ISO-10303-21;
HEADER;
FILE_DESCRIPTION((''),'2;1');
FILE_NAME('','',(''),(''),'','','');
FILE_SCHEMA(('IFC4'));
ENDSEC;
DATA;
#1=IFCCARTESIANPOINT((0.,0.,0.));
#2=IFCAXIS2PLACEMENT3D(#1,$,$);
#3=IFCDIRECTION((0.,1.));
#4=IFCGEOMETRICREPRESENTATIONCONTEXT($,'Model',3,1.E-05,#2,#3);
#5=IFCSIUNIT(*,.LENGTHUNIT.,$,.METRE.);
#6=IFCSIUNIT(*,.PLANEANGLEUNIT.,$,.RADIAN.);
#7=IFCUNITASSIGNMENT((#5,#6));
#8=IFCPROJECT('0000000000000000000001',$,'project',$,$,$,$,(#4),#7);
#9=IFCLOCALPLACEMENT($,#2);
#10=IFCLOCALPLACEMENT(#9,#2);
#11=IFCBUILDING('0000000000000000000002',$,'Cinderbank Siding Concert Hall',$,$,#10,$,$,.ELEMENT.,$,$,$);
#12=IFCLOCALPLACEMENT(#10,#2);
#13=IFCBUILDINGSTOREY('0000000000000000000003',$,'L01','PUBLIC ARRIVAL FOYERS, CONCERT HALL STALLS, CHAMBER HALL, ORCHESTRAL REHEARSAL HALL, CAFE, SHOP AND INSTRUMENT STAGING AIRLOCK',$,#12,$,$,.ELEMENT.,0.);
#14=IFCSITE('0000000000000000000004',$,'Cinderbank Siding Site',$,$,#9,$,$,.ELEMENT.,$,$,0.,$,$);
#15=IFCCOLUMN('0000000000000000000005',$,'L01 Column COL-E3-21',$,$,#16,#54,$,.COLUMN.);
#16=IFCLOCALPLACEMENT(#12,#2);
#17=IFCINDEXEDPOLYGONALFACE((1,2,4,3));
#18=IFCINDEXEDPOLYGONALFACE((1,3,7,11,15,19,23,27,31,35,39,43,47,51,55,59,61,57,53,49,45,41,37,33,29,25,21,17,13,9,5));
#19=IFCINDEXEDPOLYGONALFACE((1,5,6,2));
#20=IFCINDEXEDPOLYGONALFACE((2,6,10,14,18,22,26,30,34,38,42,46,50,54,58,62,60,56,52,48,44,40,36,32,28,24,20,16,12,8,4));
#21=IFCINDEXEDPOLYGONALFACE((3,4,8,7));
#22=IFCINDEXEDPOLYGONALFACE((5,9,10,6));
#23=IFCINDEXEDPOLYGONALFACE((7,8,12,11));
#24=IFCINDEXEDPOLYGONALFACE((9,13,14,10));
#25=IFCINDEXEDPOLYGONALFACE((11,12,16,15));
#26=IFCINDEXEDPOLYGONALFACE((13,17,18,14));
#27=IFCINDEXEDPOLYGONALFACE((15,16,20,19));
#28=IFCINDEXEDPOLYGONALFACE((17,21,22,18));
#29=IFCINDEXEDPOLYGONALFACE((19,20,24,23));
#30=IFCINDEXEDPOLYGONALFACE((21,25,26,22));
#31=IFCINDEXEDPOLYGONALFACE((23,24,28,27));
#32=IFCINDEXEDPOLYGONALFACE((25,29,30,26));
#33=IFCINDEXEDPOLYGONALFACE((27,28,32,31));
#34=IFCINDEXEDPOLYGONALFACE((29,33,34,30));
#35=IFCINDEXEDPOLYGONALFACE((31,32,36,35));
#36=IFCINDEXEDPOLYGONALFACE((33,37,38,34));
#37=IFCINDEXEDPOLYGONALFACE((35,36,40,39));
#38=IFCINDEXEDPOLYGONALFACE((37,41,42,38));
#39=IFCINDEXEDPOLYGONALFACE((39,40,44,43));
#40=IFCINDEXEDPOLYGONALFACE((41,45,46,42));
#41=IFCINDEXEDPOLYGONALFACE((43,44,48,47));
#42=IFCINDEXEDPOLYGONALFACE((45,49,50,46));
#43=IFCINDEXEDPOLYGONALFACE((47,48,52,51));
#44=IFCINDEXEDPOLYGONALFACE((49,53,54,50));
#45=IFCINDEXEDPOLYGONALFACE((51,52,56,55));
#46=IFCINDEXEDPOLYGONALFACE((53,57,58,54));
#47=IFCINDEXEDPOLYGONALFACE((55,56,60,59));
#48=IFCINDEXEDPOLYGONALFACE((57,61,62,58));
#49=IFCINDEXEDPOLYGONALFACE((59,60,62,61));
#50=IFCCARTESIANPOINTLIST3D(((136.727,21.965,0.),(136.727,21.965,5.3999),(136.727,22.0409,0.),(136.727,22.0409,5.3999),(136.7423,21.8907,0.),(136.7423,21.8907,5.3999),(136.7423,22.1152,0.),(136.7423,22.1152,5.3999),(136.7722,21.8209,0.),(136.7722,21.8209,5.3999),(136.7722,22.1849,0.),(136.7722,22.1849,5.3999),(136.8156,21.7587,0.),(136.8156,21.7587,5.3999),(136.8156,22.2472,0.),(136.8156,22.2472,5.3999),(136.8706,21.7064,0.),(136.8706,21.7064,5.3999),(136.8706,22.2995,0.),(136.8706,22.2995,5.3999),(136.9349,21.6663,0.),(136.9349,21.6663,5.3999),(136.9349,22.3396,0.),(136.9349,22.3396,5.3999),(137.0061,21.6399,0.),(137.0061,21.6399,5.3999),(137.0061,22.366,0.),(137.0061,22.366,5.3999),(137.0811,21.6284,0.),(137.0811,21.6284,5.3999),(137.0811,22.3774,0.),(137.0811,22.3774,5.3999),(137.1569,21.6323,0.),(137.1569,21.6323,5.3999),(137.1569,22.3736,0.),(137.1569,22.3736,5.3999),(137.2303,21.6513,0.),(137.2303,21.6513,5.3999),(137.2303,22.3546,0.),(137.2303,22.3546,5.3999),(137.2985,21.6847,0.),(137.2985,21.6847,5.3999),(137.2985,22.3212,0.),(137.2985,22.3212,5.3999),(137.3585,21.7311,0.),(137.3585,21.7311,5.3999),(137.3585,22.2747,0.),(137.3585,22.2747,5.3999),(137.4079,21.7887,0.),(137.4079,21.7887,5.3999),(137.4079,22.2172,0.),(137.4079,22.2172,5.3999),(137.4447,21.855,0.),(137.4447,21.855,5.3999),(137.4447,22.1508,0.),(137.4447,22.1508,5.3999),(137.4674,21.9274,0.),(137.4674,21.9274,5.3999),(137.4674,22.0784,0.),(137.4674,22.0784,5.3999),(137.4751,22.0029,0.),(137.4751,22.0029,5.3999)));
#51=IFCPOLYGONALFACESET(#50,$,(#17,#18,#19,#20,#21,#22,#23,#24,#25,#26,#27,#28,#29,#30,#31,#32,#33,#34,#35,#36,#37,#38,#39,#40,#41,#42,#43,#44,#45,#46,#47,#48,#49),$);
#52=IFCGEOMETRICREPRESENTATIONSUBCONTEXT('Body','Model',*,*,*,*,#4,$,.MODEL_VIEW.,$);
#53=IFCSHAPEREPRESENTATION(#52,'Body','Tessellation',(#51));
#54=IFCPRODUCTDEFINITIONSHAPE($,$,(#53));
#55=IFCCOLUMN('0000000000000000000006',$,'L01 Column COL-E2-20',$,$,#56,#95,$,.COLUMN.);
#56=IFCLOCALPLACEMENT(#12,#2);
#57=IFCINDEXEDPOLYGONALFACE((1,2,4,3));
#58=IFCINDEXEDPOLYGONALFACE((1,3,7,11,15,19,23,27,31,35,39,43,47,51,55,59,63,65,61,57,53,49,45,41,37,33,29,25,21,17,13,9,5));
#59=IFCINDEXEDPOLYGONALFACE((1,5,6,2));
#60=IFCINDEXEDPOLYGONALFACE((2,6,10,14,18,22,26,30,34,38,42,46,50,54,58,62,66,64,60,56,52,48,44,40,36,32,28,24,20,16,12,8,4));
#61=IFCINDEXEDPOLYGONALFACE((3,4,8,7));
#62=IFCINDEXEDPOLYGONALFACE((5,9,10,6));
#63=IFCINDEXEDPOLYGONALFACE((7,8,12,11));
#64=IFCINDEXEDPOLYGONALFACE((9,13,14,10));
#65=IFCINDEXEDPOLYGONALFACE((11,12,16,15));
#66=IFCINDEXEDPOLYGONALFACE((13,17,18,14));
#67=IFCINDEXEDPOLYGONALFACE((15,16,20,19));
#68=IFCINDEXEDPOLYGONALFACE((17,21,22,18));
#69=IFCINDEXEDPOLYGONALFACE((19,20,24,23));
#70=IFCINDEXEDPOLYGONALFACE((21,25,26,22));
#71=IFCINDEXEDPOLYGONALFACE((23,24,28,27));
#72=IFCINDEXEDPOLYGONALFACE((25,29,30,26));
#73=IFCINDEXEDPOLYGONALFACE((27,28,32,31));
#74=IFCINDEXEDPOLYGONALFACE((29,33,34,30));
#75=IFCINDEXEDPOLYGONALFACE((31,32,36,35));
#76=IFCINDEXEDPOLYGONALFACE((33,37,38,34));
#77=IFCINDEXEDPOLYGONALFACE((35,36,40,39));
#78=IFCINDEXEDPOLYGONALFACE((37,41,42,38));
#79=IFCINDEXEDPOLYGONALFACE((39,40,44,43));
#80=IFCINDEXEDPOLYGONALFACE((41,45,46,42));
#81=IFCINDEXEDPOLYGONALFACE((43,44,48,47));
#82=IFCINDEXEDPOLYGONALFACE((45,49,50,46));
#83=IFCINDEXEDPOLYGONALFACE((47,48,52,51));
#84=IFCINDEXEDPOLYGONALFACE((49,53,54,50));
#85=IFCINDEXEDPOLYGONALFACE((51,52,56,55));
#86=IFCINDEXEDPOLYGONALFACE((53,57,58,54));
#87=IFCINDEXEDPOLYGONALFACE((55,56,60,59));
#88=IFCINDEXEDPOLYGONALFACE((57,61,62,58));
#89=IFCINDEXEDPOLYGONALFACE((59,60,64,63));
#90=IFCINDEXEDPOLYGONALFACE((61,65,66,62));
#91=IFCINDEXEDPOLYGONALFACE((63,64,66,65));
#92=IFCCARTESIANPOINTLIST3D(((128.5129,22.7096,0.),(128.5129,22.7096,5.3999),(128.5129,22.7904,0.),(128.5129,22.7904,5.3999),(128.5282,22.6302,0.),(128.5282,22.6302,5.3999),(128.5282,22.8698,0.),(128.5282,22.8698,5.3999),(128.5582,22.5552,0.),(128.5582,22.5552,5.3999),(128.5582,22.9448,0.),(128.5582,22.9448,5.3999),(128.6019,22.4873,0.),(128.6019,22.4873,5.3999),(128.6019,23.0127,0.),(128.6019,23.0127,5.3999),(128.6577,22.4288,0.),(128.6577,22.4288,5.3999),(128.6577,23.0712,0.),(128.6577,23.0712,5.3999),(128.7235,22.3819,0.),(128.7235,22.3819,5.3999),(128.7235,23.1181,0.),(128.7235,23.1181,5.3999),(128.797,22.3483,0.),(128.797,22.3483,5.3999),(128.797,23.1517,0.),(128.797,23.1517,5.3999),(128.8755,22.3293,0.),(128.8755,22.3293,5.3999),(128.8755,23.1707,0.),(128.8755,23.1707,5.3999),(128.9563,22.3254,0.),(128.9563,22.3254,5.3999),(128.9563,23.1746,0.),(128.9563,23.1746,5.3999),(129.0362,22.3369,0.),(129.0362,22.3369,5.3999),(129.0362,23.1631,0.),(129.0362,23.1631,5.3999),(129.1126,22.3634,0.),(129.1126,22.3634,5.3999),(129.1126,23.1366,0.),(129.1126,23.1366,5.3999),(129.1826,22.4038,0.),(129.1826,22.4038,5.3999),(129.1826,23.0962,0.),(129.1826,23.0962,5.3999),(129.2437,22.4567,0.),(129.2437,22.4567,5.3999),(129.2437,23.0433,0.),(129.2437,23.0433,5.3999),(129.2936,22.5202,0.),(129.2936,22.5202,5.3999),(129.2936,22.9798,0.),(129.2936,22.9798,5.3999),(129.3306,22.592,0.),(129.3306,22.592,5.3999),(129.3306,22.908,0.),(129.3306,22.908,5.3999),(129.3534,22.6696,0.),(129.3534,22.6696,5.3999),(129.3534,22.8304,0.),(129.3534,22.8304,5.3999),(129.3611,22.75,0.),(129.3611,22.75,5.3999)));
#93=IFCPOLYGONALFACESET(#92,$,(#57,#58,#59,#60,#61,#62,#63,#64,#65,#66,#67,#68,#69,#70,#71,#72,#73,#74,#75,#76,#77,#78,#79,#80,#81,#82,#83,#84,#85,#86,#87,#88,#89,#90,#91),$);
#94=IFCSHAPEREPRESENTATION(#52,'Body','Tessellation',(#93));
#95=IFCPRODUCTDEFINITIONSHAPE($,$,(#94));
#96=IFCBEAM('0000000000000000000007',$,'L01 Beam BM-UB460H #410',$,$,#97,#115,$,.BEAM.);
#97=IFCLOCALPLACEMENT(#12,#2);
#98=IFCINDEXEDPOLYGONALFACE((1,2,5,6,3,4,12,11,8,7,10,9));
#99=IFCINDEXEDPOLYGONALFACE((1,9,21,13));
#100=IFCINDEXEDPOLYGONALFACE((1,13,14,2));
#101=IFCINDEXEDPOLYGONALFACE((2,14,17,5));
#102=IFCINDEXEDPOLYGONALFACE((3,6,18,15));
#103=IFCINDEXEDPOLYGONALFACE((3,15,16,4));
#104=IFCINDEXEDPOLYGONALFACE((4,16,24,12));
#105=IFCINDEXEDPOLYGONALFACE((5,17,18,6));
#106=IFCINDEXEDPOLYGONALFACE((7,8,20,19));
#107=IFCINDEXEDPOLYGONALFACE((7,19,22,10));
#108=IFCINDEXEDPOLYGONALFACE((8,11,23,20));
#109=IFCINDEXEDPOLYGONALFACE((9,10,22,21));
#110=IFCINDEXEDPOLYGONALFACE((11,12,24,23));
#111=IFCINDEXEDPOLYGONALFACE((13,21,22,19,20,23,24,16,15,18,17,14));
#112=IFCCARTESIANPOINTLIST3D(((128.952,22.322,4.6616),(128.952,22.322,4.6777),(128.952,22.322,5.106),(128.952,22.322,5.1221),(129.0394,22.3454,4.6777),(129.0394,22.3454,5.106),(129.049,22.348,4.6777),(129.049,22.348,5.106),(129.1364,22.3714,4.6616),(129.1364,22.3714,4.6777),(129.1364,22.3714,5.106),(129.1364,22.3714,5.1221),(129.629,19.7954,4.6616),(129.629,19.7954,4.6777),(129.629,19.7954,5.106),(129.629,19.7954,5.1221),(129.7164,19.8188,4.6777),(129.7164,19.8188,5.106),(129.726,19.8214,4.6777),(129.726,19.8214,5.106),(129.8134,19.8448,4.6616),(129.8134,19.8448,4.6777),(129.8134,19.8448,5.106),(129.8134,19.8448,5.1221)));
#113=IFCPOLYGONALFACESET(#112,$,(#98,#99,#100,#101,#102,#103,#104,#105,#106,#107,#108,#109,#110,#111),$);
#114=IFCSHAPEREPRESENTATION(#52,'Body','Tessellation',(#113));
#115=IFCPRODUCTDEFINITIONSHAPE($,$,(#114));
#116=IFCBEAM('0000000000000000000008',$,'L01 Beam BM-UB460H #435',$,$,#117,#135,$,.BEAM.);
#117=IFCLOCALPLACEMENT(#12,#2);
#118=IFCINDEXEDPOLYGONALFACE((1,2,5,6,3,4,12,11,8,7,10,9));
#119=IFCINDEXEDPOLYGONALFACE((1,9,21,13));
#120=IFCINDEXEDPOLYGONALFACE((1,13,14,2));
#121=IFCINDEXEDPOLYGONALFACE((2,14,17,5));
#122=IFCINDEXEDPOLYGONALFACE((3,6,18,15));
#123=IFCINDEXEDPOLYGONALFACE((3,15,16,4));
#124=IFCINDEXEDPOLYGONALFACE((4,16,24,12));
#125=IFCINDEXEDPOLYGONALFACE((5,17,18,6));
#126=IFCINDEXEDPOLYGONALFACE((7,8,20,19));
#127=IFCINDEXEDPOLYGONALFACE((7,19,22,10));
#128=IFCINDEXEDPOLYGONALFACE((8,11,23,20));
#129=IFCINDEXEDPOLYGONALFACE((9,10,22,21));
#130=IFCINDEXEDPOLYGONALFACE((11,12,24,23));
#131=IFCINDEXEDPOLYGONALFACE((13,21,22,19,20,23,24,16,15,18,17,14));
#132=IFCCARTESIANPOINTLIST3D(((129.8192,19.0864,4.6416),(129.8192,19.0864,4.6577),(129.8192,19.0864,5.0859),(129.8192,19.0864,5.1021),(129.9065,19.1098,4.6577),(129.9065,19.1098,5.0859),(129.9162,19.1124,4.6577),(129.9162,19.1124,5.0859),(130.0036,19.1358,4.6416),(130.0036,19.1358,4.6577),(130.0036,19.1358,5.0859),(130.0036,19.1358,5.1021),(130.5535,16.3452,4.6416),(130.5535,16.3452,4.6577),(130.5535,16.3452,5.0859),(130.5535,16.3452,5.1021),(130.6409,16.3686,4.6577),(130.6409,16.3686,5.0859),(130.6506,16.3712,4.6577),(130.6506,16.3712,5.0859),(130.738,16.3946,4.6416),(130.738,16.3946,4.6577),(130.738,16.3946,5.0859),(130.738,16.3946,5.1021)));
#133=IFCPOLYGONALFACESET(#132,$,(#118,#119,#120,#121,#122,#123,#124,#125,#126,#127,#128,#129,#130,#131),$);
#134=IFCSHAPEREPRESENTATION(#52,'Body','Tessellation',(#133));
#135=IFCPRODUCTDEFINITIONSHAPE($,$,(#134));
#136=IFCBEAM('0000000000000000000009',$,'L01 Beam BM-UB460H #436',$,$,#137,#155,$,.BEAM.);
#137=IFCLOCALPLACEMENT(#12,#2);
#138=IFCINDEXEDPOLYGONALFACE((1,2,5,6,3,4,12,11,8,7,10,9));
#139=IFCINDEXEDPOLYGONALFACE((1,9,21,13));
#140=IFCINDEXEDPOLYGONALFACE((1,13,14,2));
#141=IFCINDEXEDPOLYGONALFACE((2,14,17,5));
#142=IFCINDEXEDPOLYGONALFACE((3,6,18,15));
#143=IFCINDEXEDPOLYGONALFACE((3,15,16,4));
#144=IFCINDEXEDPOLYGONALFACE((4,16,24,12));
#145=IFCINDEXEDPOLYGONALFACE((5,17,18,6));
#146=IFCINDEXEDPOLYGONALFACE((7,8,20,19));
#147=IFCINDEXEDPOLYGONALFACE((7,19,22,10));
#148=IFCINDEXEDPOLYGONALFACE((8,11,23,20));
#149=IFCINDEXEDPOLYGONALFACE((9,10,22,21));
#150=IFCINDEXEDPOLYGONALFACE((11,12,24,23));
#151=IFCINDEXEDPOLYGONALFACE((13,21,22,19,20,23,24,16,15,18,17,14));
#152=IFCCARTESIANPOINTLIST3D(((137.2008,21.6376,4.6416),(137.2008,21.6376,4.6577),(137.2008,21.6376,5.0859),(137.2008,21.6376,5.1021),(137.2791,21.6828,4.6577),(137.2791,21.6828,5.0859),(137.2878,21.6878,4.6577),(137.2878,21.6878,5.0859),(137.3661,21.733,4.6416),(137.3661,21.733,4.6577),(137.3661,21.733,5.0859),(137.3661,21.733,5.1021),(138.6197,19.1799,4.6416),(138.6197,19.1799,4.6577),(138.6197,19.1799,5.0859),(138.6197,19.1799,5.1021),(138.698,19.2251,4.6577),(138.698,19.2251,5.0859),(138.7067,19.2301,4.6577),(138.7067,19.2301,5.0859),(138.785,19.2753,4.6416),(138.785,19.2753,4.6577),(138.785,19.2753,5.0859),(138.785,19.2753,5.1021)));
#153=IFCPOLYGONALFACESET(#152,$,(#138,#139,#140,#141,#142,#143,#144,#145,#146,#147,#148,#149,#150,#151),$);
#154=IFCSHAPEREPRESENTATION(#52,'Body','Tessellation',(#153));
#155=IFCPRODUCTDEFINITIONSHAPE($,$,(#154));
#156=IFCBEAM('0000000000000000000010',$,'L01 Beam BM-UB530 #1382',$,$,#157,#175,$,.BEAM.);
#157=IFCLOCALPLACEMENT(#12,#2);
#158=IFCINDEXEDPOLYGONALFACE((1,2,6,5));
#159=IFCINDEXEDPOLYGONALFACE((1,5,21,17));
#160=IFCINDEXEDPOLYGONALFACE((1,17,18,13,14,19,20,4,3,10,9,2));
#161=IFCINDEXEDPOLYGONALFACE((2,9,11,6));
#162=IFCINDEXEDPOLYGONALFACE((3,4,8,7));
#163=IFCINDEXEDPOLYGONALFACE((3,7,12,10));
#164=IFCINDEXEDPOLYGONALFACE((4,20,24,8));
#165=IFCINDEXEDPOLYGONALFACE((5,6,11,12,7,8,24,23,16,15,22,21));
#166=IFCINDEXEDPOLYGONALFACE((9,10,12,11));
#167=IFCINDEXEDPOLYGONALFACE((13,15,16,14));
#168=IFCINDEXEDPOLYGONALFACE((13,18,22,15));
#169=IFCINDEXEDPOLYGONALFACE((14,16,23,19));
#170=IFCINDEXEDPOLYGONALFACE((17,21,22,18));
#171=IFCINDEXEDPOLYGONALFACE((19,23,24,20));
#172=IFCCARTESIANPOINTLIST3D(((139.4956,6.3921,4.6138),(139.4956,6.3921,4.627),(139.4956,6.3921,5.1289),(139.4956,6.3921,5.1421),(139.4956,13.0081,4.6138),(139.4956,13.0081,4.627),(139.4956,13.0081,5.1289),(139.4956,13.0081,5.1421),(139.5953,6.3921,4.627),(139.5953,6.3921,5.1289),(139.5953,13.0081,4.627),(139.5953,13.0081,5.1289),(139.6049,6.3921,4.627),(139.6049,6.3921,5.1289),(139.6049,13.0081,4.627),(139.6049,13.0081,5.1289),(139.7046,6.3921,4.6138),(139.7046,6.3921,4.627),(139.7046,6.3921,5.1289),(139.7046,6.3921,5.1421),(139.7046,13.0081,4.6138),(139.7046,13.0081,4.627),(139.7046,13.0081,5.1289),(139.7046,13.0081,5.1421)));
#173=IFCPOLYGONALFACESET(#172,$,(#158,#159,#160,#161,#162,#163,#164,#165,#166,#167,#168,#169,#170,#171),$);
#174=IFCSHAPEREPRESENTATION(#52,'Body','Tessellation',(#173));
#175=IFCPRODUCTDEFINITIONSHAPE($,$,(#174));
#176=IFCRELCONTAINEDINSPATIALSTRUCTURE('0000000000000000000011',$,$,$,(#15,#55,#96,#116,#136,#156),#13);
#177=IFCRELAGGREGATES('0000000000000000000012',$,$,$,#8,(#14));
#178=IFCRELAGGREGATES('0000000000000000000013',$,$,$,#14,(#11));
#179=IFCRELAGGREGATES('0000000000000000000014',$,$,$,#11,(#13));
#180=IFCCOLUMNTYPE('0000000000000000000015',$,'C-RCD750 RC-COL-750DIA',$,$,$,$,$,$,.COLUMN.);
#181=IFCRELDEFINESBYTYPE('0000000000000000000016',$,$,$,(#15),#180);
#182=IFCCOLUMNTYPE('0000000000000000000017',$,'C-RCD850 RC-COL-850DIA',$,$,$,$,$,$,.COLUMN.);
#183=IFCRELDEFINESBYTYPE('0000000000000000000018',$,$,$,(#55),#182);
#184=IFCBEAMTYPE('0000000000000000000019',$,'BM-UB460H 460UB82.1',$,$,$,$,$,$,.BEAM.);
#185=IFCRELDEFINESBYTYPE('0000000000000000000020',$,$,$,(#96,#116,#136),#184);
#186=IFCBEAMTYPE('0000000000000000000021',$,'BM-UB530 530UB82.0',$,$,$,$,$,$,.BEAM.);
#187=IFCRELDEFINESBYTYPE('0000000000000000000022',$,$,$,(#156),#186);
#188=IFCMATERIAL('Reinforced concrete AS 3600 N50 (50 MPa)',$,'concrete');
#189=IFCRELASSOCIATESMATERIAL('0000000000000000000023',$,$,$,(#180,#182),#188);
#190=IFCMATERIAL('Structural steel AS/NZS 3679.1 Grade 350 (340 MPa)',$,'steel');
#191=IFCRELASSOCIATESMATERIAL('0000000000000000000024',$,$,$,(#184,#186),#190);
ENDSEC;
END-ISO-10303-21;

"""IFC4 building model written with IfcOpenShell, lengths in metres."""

from ifc_helpers import new_model, si_unit, direction, frame, origin, origin_2d, place, context, subcontext, project, spatial, circle, i_section, extrude, material, material_profile, profile_set, type_object, element, save


model = new_model("IFC4")

# Units and contexts
model_context = context("Model", 3, precision=1e-05, world=origin(), true_north=direction((0.0, 1.0)))
body_context = subcontext(model_context, "Body", "Model", "MODEL_VIEW")
ifc_project = project(units=[si_unit("LENGTHUNIT", "METRE"), si_unit("PLANEANGLEUNIT", "RADIAN")], contexts=[model_context])

# Site, building, storey
site_placement = place(None, origin())
site = spatial("IfcSite", under=ifc_project, at=site_placement, Name="Cinderbank Siding Site", CompositionType="ELEMENT", RefElevation=0.0)
building_placement = place(site_placement, origin())
building = spatial("IfcBuilding", under=site, at=building_placement, Name="Cinderbank Siding Concert Hall", CompositionType="ELEMENT")
storey_placement = place(building_placement, origin())
storey = spatial("IfcBuildingStorey", under=building, at=storey_placement, Name="L01", Description="PUBLIC ARRIVAL FOYERS, CONCERT HALL STALLS, CHAMBER HALL, ORCHESTRAL REHEARSAL HALL, CAFE, SHOP AND INSTRUMENT STAGING AIRLOCK", CompositionType="ELEMENT", Elevation=0.0)

# Columns
ifc_material_1 = material(Name="Reinforced concrete AS 3600 N50 (50 MPa)", Category="concrete")
ifc_material_profile_1 = material_profile(ifc_material_1, circle(Radius=0.375, at=origin_2d()), Name="RC-COL-750DIA", Category="LoadBearing")
ifc_profile_set_1 = profile_set([ifc_material_profile_1], Name="Reinforced concrete AS 3600 N50 (50 MPa)")
column_type_1 = type_object("IfcColumnType", Name="C-RCD750 RC-COL-750DIA", PredefinedType="COLUMN", material=ifc_profile_set_1)
for number, where, z_axis, x_axis, name in (
    (1, (137.1001, 22.0029, 0.0), (0.0, 0.0, 1.0), (1.0, 0.0, 0.0), "L01 Column COL-E3-21"),
):
    element("IfcColumn", number, at=place(storey_placement, frame(where, z_axis=z_axis, x_axis=x_axis)), inside=storey, type_object=column_type_1, Name=name, PredefinedType="COLUMN", context=body_context, shape_type="SweptSolid", body=[
        extrude(circle(Radius=0.375, at=origin_2d()), origin(), (0.0, 0.0, 1.0), 5.3999),
    ])
ifc_material_profile_2 = material_profile(ifc_material_1, circle(Radius=0.425, at=origin_2d()), Name="RC-COL-850DIA", Category="LoadBearing")
ifc_profile_set_2 = profile_set([ifc_material_profile_2], Name="Reinforced concrete AS 3600 N50 (50 MPa)")
column_type_2 = type_object("IfcColumnType", Name="C-RCD850 RC-COL-850DIA", PredefinedType="COLUMN", material=ifc_profile_set_2)
column_placement = place(storey_placement, frame((128.936, 22.75, 0.0), z_axis=(0.0, 0.0, 1.0), x_axis=(1.0, 0.0, 0.0)))
element("IfcColumn", 2, at=column_placement, inside=storey, type_object=column_type_2, Name="L01 Column COL-E2-20", PredefinedType="COLUMN", context=body_context, shape_type="SweptSolid", body=[
    extrude(circle(Radius=0.425, at=origin_2d()), origin(), (0.0, 0.0, 1.0), 5.3999),
])

# Beams
ifc_material_2 = material(Name="Structural steel AS/NZS 3679.1 Grade 350 (340 MPa)", Category="steel")
ifc_material_profile_3 = material_profile(ifc_material_2, i_section(OverallWidth=0.1909, OverallDepth=0.4604, WebThickness=0.01, FlangeThickness=0.0161, at=origin_2d()), Name="460UB82.1", Category="LoadBearing")
ifc_profile_set_3 = profile_set([ifc_material_profile_3], Name="Structural steel AS/NZS 3679.1 Grade 350 (340 MPa)")
beam_type_1 = type_object("IfcBeamType", Name="BM-UB460H 460UB82.1", PredefinedType="BEAM", material=ifc_profile_set_3)
beam_1_placement = place(storey_placement, frame((129.0442, 22.3467, 4.8918), z_axis=(0.258819, -0.965926, 0.0), x_axis=(0.965926, 0.258819, 0.0)))
element("IfcBeam", 3, at=beam_1_placement, inside=storey, type_object=beam_type_1, Name="L01 Beam BM-UB460H #410", PredefinedType="BEAM", context=body_context, shape_type="SweptSolid", body=[
    extrude(i_section(OverallWidth=0.1909, OverallDepth=0.4604, WebThickness=0.01, FlangeThickness=0.0161, at=origin_2d()), origin(), (0.0, 0.0, 1.0), 2.6157),
])
for number, where, z_axis, x_axis, name in (
    (4, (129.9114, 19.1111, 4.8718), (0.258776, -0.965937, 0.0), (0.965937, 0.258776, 0.0), "L01 Beam BM-UB460H #435"),
    (5, (137.2834, 21.6853, 4.8718), (0.499988, -0.866032, 0.0), (0.866032, 0.499988, 0.0), "L01 Beam BM-UB460H #436"),
):
    element("IfcBeam", number, at=place(storey_placement, frame(where, z_axis=z_axis, x_axis=x_axis)), inside=storey, type_object=beam_type_1, Name=name, PredefinedType="BEAM", context=body_context, shape_type="SweptSolid", body=[
        extrude(i_section(OverallWidth=0.1909, OverallDepth=0.4604, WebThickness=0.01, FlangeThickness=0.0161, at=origin_2d()), origin(), (0.0, 0.0, 1.0), 2.8379),
    ])
ifc_material_profile_4 = material_profile(ifc_material_2, i_section(OverallWidth=0.209, OverallDepth=0.5283, WebThickness=0.0095, FlangeThickness=0.0132, at=origin_2d()), Name="530UB82.0", Category="LoadBearing")
ifc_profile_set_4 = profile_set([ifc_material_profile_4], Name="Structural steel AS/NZS 3679.1 Grade 350 (340 MPa)")
beam_type_2 = type_object("IfcBeamType", Name="BM-UB530 530UB82.0", PredefinedType="BEAM", material=ifc_profile_set_4)
beam_2_placement = place(storey_placement, frame((139.6001, 6.3921, 4.8779), z_axis=(0.0, 1.0, 0.0), x_axis=(-1.0, 0.0, 0.0)))
element("IfcBeam", 6, at=beam_2_placement, inside=storey, type_object=beam_type_2, Name="L01 Beam BM-UB530 #1382", PredefinedType="BEAM", context=body_context, shape_type="SweptSolid", body=[
    extrude(i_section(OverallWidth=0.209, OverallDepth=0.5283, WebThickness=0.0095, FlangeThickness=0.0132, at=origin_2d()), origin(), (0.0, 0.0, 1.0), 6.616),
])

save(model, "model.ifc")
